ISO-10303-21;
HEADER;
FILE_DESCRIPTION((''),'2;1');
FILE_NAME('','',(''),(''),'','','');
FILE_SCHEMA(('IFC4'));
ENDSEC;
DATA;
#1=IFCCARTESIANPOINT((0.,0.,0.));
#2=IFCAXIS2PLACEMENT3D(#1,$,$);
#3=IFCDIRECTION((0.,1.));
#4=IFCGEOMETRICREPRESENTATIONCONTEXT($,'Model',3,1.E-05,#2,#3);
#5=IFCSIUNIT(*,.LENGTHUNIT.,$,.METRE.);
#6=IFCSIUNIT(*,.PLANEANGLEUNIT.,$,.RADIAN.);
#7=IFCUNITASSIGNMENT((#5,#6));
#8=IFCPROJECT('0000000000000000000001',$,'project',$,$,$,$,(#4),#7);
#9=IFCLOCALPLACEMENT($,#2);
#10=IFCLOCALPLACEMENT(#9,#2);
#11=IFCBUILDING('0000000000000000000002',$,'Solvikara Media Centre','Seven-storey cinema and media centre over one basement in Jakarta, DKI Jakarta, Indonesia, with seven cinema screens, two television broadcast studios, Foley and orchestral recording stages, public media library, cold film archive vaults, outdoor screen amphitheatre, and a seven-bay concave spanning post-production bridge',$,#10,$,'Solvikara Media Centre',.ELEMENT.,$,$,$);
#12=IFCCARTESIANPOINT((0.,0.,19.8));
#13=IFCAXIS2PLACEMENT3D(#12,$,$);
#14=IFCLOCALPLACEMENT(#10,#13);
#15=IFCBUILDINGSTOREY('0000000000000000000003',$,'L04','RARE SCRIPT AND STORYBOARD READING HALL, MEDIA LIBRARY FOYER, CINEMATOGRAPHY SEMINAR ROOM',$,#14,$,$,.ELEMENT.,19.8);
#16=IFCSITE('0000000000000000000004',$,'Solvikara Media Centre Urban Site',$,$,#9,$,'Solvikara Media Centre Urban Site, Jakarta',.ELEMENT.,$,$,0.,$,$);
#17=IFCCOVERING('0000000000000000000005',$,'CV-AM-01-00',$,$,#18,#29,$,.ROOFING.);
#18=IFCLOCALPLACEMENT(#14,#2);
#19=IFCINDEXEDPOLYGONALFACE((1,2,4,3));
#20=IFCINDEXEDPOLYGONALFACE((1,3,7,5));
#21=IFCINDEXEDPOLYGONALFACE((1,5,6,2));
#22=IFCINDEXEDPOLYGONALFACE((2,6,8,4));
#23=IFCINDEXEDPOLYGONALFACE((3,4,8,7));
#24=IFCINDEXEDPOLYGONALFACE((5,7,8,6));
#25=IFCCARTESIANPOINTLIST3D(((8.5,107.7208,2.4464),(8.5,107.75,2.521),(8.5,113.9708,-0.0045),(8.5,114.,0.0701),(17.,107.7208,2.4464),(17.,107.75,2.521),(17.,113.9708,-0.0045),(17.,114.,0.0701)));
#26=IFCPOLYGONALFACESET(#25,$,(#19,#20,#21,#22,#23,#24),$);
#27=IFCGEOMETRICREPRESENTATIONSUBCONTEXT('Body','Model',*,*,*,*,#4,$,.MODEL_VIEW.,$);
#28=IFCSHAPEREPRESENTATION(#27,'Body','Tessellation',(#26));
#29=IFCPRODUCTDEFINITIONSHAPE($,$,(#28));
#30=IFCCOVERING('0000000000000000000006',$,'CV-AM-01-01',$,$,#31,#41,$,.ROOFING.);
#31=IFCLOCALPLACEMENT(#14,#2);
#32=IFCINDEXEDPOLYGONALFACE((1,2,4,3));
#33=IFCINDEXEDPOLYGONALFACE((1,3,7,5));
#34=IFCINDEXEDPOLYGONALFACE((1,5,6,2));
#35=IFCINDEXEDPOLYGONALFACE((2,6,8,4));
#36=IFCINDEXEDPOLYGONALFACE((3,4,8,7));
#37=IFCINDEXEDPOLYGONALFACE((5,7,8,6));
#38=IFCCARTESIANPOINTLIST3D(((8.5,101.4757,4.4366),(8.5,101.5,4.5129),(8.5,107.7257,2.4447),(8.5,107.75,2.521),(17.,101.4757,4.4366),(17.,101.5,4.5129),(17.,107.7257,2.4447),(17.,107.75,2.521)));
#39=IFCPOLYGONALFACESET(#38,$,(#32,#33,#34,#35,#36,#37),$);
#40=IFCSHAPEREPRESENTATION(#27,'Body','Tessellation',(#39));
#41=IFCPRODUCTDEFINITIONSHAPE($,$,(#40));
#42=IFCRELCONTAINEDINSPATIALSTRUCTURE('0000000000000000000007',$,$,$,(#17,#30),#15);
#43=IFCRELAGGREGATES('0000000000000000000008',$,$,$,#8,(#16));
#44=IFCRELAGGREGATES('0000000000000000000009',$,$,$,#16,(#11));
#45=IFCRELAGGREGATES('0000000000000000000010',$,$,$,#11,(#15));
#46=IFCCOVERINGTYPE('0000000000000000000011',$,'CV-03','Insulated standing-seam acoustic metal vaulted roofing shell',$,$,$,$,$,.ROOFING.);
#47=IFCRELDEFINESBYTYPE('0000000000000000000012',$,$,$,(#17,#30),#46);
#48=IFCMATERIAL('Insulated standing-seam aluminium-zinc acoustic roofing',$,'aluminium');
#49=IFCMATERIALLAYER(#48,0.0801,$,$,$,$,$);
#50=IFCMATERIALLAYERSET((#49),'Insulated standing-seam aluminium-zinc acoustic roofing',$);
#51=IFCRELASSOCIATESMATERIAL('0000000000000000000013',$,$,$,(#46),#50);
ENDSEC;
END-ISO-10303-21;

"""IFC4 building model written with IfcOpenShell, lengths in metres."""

from ifc_helpers import new_model, si_unit, direction, frame, origin, place, context, subcontext, project, spatial, polyline, outline, extrude, material, layer, layer_set, type_object, element, save


model = new_model("IFC4")

# Units and contexts
model_context = context("Model", 3, precision=1e-05, world=origin(), true_north=direction((0.0, 1.0)))
body_context = subcontext(model_context, "Body", "Model", "MODEL_VIEW")
ifc_project = project(units=[si_unit("LENGTHUNIT", "METRE"), si_unit("PLANEANGLEUNIT", "RADIAN")], contexts=[model_context])

# Site, building, storey
site_placement = place(None, origin())
site = spatial("IfcSite", under=ifc_project, at=site_placement, Name="Solvikara Media Centre Urban Site", LongName="Solvikara Media Centre Urban Site, Jakarta", CompositionType="ELEMENT", RefElevation=0.0)
building_placement = place(site_placement, origin())
building = spatial("IfcBuilding", under=site, at=building_placement, Name="Solvikara Media Centre", Description="Seven-storey cinema and media centre over one basement in Jakarta, DKI Jakarta, Indonesia, with seven cinema screens, two television broadcast studios, Foley and orchestral recording stages, public media library, cold film archive vaults, outdoor screen amphitheatre, and a seven-bay concave spanning post-production bridge", LongName="Solvikara Media Centre", CompositionType="ELEMENT")
storey_placement = place(building_placement, frame((0.0, 0.0, 19.8)))
storey = spatial("IfcBuildingStorey", under=building, at=storey_placement, Name="L04", Description="RARE SCRIPT AND STORYBOARD READING HALL, MEDIA LIBRARY FOYER, CINEMATOGRAPHY SEMINAR ROOM", CompositionType="ELEMENT", Elevation=19.8)

# Shared definitions
ifc_material_1 = material(Name="Insulated standing-seam aluminium-zinc acoustic roofing", Category="aluminium")

# Coverings
ifc_layer_1 = layer(ifc_material_1, 0.0801)
ifc_layer_set_1 = layer_set([ifc_layer_1], Name="Insulated standing-seam aluminium-zinc acoustic roofing")
covering_type = type_object("IfcCoveringType", Name="CV-03", Description="Insulated standing-seam acoustic metal vaulted roofing shell", PredefinedType="ROOFING", material=ifc_layer_set_1)
covering_1_placement = place(storey_placement, frame((8.5, 114.0, 0.0701), z_axis=(0.0, 0.365081, 0.930976), x_axis=(1.0, 0.0, 0.0)))
element("IfcCovering", 1, at=covering_1_placement, inside=storey, type_object=covering_type, Name="CV-AM-01-00", PredefinedType="ROOFING", context=body_context, shape_type="SweptSolid", body=[
    extrude(outline(polyline([(0.0, 0.0), (8.5, 0.0), (8.5, -6.7134), (0.0, -6.7134), (0.0, 0.0)])), origin(), (0.0, 0.0, -1.0), 0.0801),
])
covering_2_placement = place(storey_placement, frame((8.5, 107.75, 2.521), z_axis=(0.0, 0.303661, 0.95278), x_axis=(1.0, 0.0, 0.0)))
element("IfcCovering", 2, at=covering_2_placement, inside=storey, type_object=covering_type, Name="CV-AM-01-01", PredefinedType="ROOFING", context=body_context, shape_type="SweptSolid", body=[
    extrude(outline(polyline([(0.0, 0.0), (8.5, 0.0), (8.5, -6.5598), (0.0, -6.5598), (0.0, 0.0)])), origin(), (0.0, 0.0, -1.0), 0.0801),
])

save(model, "model.ifc")
